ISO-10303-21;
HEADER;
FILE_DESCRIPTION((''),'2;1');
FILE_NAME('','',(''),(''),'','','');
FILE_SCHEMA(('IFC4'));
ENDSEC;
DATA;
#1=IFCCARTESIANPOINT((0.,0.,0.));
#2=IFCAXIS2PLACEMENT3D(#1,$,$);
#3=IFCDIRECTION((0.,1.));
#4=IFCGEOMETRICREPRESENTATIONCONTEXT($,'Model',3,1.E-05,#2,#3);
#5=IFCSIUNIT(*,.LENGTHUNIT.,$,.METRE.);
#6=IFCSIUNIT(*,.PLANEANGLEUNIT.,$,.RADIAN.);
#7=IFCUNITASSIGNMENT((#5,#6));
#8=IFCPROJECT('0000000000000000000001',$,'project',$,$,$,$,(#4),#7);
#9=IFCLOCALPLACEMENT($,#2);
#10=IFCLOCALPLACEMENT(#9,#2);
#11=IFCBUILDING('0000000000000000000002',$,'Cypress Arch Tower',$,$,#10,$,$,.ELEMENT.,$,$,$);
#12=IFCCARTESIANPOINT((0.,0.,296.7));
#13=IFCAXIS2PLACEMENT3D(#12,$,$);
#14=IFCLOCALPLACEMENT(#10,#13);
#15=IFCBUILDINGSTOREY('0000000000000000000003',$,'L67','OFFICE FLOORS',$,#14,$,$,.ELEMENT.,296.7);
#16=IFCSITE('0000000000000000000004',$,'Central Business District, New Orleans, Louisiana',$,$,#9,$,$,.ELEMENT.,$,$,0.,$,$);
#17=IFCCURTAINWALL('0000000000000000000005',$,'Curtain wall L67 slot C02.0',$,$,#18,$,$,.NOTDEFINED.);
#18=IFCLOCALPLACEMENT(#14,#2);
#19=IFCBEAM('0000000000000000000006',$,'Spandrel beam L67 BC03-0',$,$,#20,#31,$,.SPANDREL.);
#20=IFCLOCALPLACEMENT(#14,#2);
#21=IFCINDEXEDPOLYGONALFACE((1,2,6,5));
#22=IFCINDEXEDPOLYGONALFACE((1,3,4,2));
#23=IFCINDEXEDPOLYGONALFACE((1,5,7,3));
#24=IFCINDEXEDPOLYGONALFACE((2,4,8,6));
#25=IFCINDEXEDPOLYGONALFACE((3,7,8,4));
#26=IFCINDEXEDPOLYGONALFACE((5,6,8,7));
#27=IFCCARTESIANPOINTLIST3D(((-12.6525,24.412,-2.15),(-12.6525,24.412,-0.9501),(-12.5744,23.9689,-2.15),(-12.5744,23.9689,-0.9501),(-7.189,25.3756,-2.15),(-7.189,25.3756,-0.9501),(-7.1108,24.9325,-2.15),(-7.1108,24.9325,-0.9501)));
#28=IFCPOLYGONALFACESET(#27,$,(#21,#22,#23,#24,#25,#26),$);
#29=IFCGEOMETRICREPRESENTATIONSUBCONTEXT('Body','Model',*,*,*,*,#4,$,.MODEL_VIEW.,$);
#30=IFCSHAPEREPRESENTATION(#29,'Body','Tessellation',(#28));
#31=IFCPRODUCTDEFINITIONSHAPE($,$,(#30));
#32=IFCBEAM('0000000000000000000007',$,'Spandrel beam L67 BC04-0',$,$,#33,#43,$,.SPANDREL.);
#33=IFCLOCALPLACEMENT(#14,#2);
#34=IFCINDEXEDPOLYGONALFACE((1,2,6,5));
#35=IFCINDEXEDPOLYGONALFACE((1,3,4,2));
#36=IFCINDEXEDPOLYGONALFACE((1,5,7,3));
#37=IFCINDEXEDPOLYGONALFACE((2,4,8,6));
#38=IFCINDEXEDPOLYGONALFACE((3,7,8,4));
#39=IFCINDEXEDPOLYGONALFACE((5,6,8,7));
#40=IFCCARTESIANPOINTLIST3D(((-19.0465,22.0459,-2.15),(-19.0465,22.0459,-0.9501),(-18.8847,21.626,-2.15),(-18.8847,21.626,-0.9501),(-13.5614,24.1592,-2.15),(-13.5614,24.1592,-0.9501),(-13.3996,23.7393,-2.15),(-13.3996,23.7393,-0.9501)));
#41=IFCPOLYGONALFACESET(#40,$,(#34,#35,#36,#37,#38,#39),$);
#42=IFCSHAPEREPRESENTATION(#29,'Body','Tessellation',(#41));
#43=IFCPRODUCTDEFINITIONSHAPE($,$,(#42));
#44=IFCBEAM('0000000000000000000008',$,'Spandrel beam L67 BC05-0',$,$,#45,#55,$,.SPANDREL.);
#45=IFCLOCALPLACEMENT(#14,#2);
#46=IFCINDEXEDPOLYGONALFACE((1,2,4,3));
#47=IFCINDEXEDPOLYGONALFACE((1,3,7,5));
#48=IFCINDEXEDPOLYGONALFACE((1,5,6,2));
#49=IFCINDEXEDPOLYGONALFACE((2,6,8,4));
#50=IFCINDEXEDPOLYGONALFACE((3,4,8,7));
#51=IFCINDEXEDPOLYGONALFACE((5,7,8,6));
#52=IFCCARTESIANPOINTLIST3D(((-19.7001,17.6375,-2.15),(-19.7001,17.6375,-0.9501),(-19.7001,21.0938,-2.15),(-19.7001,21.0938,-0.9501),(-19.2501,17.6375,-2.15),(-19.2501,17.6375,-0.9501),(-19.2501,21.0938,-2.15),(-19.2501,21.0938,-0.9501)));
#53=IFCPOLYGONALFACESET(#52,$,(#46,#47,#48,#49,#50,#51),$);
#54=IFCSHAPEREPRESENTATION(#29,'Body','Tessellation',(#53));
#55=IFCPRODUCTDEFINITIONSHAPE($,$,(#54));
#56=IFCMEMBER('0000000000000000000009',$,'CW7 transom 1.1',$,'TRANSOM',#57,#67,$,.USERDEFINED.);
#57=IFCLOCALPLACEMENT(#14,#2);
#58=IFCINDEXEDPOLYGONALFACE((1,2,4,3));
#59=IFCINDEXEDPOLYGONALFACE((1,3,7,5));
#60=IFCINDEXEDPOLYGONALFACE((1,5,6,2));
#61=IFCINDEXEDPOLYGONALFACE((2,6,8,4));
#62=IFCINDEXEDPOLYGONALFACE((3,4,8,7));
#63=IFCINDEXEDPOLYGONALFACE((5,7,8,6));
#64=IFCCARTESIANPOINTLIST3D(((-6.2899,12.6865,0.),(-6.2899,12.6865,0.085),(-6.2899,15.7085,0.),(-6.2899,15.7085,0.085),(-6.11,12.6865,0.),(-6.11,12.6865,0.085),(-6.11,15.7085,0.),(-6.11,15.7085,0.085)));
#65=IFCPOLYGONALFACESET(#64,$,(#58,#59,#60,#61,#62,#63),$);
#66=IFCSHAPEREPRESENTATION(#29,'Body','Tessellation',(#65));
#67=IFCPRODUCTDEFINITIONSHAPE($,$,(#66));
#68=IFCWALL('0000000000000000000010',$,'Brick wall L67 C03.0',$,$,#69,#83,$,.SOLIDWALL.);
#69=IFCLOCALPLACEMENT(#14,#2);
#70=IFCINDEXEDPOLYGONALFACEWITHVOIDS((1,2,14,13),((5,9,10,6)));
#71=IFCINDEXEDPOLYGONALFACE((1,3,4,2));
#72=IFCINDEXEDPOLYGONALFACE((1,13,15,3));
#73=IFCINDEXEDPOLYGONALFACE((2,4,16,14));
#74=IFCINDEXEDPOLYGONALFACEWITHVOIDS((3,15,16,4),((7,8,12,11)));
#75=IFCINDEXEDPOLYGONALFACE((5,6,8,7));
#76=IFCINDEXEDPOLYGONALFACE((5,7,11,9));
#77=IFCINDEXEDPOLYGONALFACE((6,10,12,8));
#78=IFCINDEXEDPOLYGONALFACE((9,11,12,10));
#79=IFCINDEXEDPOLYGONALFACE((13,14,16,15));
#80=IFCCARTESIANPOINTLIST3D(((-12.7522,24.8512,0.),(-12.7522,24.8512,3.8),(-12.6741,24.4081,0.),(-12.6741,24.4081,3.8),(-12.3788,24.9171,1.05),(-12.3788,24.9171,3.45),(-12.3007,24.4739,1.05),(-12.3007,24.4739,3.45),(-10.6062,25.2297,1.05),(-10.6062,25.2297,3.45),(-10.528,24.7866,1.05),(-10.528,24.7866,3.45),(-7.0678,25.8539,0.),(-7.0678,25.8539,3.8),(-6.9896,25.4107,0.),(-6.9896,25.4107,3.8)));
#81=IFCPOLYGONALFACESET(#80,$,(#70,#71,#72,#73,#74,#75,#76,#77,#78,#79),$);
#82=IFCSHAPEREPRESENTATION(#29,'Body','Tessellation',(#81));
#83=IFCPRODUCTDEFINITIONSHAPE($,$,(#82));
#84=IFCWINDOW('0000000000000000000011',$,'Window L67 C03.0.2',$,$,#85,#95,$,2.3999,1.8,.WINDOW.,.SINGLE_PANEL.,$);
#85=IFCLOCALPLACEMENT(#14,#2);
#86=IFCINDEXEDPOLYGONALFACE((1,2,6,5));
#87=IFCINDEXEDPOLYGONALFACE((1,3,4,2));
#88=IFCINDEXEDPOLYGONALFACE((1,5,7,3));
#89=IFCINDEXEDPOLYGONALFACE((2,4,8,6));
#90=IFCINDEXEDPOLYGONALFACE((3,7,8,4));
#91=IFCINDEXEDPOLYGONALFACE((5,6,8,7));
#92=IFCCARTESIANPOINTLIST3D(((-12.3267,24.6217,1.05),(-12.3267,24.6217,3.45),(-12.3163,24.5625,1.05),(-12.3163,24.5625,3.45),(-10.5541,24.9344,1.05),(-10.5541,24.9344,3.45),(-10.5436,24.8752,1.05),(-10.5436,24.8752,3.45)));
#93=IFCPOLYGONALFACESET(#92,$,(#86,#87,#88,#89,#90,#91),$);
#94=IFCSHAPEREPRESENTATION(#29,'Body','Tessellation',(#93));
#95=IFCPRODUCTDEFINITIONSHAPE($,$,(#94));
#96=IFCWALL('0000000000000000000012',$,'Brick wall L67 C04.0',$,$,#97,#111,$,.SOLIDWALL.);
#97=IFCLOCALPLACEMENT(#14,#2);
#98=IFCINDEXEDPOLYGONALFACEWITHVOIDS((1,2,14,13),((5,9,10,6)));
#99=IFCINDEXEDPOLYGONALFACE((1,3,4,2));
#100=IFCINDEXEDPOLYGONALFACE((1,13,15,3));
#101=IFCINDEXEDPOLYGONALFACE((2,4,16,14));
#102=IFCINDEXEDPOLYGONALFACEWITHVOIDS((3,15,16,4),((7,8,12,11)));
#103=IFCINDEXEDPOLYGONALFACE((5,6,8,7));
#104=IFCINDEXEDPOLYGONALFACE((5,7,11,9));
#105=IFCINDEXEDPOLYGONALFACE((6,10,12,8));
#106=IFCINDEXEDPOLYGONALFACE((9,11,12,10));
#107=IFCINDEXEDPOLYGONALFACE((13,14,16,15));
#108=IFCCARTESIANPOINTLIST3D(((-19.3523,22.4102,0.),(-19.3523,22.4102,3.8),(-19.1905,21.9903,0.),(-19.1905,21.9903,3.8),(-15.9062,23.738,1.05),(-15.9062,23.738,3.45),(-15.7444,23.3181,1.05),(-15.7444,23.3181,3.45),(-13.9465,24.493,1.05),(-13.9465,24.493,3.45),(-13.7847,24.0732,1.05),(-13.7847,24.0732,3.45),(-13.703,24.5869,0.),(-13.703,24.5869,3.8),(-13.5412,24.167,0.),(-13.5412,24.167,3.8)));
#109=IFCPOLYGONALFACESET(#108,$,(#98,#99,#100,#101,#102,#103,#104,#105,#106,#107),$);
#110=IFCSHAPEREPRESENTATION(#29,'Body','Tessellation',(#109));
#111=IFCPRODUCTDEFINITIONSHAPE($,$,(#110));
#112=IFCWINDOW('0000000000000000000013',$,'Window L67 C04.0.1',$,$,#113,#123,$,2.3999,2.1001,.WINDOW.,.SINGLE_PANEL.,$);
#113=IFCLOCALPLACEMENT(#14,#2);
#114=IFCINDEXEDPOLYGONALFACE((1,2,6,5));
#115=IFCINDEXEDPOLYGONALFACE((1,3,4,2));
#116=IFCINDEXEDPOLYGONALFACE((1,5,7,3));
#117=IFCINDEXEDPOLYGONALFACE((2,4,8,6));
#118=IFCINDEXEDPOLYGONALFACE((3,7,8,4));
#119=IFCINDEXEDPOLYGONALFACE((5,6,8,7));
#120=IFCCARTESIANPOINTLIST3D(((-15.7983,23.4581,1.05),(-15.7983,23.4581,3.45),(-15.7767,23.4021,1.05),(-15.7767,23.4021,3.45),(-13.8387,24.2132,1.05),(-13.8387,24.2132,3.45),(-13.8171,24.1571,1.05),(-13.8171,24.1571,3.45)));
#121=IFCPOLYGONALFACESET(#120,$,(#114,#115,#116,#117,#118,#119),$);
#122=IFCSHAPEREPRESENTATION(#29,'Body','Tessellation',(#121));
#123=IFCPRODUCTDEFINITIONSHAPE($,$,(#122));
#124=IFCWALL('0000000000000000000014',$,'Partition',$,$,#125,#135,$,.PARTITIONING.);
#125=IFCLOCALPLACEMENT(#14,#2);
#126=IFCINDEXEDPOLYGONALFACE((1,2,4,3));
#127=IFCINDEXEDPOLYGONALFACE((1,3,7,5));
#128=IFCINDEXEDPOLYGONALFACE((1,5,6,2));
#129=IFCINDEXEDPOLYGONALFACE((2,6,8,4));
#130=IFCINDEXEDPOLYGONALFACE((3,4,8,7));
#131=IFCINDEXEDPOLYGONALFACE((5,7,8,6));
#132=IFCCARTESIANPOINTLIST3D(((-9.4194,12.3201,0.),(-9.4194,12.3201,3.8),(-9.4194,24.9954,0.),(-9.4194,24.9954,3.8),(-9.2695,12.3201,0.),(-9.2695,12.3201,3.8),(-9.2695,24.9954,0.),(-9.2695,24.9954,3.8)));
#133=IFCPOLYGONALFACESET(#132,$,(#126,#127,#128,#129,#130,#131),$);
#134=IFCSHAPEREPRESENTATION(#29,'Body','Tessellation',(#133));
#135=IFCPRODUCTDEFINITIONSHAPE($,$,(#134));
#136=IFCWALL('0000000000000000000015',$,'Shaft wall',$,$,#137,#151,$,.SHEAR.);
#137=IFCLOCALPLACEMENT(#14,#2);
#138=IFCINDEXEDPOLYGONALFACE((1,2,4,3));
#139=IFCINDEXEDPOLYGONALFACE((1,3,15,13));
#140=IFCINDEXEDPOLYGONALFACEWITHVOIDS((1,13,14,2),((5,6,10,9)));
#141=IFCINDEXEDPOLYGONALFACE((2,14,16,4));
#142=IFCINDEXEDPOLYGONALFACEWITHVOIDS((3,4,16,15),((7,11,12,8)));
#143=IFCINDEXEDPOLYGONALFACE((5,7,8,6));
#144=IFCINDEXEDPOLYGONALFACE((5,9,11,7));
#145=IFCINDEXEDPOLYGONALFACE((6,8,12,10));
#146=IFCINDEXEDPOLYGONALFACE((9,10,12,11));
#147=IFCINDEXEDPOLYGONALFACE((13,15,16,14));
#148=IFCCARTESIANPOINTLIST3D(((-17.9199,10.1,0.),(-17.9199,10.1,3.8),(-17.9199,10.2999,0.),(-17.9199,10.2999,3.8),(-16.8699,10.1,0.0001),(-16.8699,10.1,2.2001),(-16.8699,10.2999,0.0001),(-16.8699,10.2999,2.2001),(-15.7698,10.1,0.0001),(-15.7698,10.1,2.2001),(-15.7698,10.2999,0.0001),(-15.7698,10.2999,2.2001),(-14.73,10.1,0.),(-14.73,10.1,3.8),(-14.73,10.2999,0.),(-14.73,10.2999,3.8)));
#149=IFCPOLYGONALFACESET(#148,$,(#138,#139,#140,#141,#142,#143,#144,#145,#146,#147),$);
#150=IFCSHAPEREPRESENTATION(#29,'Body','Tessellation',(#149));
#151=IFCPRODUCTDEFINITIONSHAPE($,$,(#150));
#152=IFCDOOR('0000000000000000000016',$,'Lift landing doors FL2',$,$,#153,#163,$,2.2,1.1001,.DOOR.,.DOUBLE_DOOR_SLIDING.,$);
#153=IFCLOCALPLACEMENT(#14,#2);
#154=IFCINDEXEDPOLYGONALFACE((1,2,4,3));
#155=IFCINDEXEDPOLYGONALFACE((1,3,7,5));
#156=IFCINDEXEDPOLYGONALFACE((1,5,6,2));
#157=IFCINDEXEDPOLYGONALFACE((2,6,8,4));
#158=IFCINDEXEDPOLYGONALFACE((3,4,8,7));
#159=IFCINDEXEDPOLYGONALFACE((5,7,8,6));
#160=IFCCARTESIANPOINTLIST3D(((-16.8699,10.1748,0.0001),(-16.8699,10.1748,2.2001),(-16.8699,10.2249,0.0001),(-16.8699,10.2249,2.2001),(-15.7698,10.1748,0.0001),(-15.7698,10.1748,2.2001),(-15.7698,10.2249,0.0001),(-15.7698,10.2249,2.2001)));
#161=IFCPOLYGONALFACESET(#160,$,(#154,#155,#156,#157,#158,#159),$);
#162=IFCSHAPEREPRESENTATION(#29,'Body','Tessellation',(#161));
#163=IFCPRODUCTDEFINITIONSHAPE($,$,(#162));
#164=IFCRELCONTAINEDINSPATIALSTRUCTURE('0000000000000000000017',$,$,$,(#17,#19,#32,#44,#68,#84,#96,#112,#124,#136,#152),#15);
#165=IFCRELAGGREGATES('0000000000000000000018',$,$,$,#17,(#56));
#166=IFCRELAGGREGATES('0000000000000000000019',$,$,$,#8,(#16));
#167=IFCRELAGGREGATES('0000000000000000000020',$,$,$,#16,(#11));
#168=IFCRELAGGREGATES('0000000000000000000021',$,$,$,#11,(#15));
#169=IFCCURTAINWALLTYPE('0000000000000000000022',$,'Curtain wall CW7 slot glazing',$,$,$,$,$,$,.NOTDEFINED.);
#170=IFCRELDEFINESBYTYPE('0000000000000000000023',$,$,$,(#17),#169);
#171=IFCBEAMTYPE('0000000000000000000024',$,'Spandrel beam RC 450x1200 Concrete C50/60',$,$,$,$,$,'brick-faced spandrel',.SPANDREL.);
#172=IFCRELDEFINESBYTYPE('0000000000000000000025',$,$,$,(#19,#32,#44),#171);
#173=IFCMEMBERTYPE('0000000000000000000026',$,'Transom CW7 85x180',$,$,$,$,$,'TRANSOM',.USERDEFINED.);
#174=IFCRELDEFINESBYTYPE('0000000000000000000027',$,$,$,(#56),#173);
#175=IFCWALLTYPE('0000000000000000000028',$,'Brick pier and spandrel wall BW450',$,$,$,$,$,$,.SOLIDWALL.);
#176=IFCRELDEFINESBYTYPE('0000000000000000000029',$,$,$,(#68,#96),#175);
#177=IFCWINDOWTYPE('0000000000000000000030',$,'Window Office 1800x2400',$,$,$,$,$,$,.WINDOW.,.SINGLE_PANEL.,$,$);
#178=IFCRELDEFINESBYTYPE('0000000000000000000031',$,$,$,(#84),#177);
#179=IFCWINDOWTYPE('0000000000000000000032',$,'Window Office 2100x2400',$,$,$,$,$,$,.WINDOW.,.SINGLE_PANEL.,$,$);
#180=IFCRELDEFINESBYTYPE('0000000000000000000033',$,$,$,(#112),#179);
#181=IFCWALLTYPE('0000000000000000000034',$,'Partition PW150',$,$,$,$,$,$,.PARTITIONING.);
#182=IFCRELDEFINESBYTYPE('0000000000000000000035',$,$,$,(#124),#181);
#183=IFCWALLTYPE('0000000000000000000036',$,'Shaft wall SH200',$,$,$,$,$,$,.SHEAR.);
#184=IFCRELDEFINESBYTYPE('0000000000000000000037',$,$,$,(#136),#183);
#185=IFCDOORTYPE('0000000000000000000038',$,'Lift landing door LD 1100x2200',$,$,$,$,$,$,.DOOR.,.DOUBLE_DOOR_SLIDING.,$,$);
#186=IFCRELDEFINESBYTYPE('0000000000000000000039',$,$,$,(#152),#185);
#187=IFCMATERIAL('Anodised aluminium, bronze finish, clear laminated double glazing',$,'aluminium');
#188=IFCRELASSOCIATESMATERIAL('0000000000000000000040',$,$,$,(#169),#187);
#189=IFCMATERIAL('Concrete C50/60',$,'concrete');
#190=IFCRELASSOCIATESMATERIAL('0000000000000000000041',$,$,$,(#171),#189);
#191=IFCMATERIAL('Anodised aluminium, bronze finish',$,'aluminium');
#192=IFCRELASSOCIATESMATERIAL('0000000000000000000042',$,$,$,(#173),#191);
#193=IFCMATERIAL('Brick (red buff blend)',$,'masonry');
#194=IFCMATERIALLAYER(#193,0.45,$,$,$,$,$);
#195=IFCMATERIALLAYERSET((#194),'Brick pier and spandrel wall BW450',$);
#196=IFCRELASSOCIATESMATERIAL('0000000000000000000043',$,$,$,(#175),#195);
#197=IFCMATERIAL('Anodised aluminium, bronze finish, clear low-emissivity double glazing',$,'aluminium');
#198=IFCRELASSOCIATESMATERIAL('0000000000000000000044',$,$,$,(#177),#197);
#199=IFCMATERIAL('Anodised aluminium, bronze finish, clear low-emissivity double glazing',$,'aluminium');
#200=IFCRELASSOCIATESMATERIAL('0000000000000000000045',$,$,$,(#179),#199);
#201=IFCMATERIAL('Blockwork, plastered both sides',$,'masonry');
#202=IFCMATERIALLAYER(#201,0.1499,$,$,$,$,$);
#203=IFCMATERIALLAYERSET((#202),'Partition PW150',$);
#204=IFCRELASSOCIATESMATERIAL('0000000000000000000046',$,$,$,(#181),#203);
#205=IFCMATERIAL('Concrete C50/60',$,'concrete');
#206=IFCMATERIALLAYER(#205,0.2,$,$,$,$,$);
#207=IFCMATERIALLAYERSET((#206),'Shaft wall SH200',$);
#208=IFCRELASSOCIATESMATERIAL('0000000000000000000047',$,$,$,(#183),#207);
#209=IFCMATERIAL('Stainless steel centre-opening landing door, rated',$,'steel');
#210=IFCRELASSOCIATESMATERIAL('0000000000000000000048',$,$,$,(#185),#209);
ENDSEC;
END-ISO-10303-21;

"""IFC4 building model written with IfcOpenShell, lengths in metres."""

from ifc_helpers import new_model, si_unit, direction, frame, frame_2d, origin, origin_2d, place, context, subcontext, project, spatial, rectangle, extrude, material, layer, layer_set, material_profile, profile_set, type_object, element, fill, aggregate, save


model = new_model("IFC4")

# Units and contexts
model_context = context("Model", 3, precision=1e-05, world=origin(), true_north=direction((0.0, 1.0)))
body_context = subcontext(model_context, "Body", "Model", "MODEL_VIEW")
ifc_project = project(units=[si_unit("LENGTHUNIT", "METRE"), si_unit("PLANEANGLEUNIT", "RADIAN")], contexts=[model_context])

# Site, building, storey
site_placement = place(None, origin())
site = spatial("IfcSite", under=ifc_project, at=site_placement, Name="Central Business District, New Orleans, Louisiana", CompositionType="ELEMENT", RefElevation=0.0)
building_placement = place(site_placement, origin())
building = spatial("IfcBuilding", under=site, at=building_placement, Name="Cypress Arch Tower", CompositionType="ELEMENT")
storey_placement = place(building_placement, frame((0.0, 0.0, 296.7)))
storey = spatial("IfcBuildingStorey", under=building, at=storey_placement, Name="L67", Description="OFFICE FLOORS", CompositionType="ELEMENT", Elevation=296.7)

# Curtain wall
ifc_material_1 = material(Name="Anodised aluminium, bronze finish, clear laminated double glazing", Category="aluminium")
curtain_wall_type = type_object("IfcCurtainWallType", Name="Curtain wall CW7 slot glazing", PredefinedType="NOTDEFINED", material=ifc_material_1)
curtain_wall_placement = place(storey_placement, origin())
curtain_wall = element("IfcCurtainWall", 1, at=curtain_wall_placement, inside=storey, type_object=curtain_wall_type, Name="Curtain wall L67 slot C02.0", PredefinedType="NOTDEFINED")

# Beams
ifc_material_2 = material(Name="Concrete C50/60", Category="concrete")
ifc_material_profile_1 = material_profile(ifc_material_2, rectangle(XDim=0.45, YDim=1.2, at=origin_2d()), Name="RC 450x1200")
ifc_profile_set_1 = profile_set([ifc_material_profile_1], Name="Concrete C50/60")
beam_type_1 = type_object("IfcBeamType", Name="Spandrel beam RC 450x1200 Concrete C50/60", ElementType="brick-faced spandrel", PredefinedType="SPANDREL", material=ifc_profile_set_1)
beam_1_placement = place(storey_placement, frame((-7.1499, 25.1541, -1.55), z_axis=(-0.9848, -0.17369, 0.0), x_axis=(0.17369, -0.9848, 0.0)))
element("IfcBeam", 2, at=beam_1_placement, inside=storey, type_object=beam_type_1, Name="Spandrel beam L67 BC03-0", PredefinedType="SPANDREL", context=body_context, shape_type="SweptSolid", body=[
    extrude(rectangle(XDim=0.45, YDim=1.2, at=origin_2d()), origin(), (0.0, 0.0, 1.0), 5.5479),
])
beam_2_placement = place(storey_placement, frame((-13.4805, 23.9492, -1.55), z_axis=(-0.933139, -0.359516, 0.0), x_axis=(0.359516, -0.933139, 0.0)))
element("IfcBeam", 3, at=beam_2_placement, inside=storey, type_object=beam_type_1, Name="Spandrel beam L67 BC04-0", PredefinedType="SPANDREL", context=body_context, shape_type="SweptSolid", body=[
    extrude(rectangle(XDim=0.45, YDim=1.2, at=origin_2d()), origin(), (0.0, 0.0, 1.0), 5.8782),
])
beam_3_placement = place(storey_placement, frame((-19.4751, 21.0938, -1.55), z_axis=(0.0, -1.0, 0.0), x_axis=(1.0, 0.0, 0.0)))
element("IfcBeam", 4, at=beam_3_placement, inside=storey, type_object=beam_type_1, Name="Spandrel beam L67 BC05-0", PredefinedType="SPANDREL", context=body_context, shape_type="SweptSolid", body=[
    extrude(rectangle(XDim=0.45, YDim=1.2, at=origin_2d()), origin(), (0.0, 0.0, 1.0), 3.4563),
])

# Member
ifc_material_3 = material(Name="Anodised aluminium, bronze finish", Category="aluminium")
ifc_material_profile_2 = material_profile(ifc_material_3, rectangle(XDim=0.1799, YDim=0.085, at=origin_2d()), Name="Transom 85x180")
ifc_profile_set_2 = profile_set([ifc_material_profile_2], Name="Anodised aluminium, bronze finish")
member_type_1 = type_object("IfcMemberType", Name="Transom CW7 85x180", ElementType="TRANSOM", PredefinedType="USERDEFINED", material=ifc_profile_set_2)
member_1_placement = place(storey_placement, frame((-6.2, 12.6865, 0.0425), z_axis=(0.0, 1.0, 0.0), x_axis=(-1.0, 0.0, 0.0)))
member_1 = element("IfcMember", 5, at=member_1_placement, type_object=member_type_1, Name="CW7 transom 1.1", ObjectType="TRANSOM", PredefinedType="USERDEFINED", context=body_context, shape_type="SweptSolid", body=[
    extrude(rectangle(XDim=0.1799, YDim=0.085, at=origin_2d()), origin(), (0.0, 0.0, 1.0), 3.022),
])
aggregate(curtain_wall, [member_1])

# Walls, openings, windows
ifc_material_4 = material(Name="Brick (red buff blend)", Category="masonry")
ifc_layer_1 = layer(ifc_material_4, 0.45)
ifc_layer_set_1 = layer_set([ifc_layer_1], Name="Brick pier and spandrel wall BW450")
wall_type_1 = type_object("IfcWallType", Name="Brick pier and spandrel wall BW450", PredefinedType="SOLIDWALL", material=ifc_layer_set_1)
wall_1_placement = place(storey_placement, frame((-7.0286, 25.6323, 0.0), z_axis=(0.0, 0.0, 1.0), x_axis=(-0.984798, -0.173706, 0.0)))
wall_1 = element("IfcWall", 6, at=wall_1_placement, inside=storey, type_object=wall_type_1, Name="Brick wall L67 C03.0", PredefinedType="SOLIDWALL", context=body_context, shape_type="SweptSolid", body=[
    extrude(rectangle(XDim=5.7722, YDim=0.45, at=frame_2d((2.8862, 0.0))), origin(), (0.0, 0.0, 1.0), 3.8),
])
opening_1_placement = place(wall_1_placement, frame((3.5933, 0.0, 1.05)))
opening_1 = element("IfcOpeningElement", 7, at=opening_1_placement, cuts=wall_1, PredefinedType="OPENING", context=body_context, shape_type="SweptSolid", body=[
    extrude(rectangle(XDim=1.8, YDim=2.3999, at=frame_2d((0.8999, 1.2))), frame((0.0, 0.2349, 0.0), z_axis=(0.0, -1.0, 0.0), x_axis=(1.0, 0.0, 0.0)), (0.0, 0.0, 1.0), 0.47),
])
ifc_material_5 = material(Name="Anodised aluminium, bronze finish, clear low-emissivity double glazing", Category="aluminium")
window_type_1 = type_object("IfcWindowType", Name="Window Office 1800x2400", PartitioningType="SINGLE_PANEL", PredefinedType="WINDOW", material=ifc_material_5)
window_1_placement = place(opening_1_placement, origin())
window_1 = element("IfcWindow", 8, at=window_1_placement, inside=storey, type_object=window_type_1, Name="Window L67 C03.0.2", OverallHeight=2.3999, OverallWidth=1.8, PartitioningType="SINGLE_PANEL", PredefinedType="WINDOW", context=body_context, shape_type="SweptSolid", body=[
    extrude(rectangle(XDim=1.8, YDim=2.3999, at=frame_2d((0.8999, 1.2))), frame((0.0, 0.135, 0.0), z_axis=(0.0, -1.0, 0.0), x_axis=(1.0, 0.0, 0.0)), (0.0, 0.0, 1.0), 0.0601),
])
fill(opening_1, window_1)
wall_2_placement = place(storey_placement, frame((-13.6221, 24.377, 0.0), z_axis=(0.0, 0.0, 1.0), x_axis=(-0.933129, -0.359541, 0.0)))
wall_2 = element("IfcWall", 9, at=wall_2_placement, inside=storey, type_object=wall_type_1, Name="Brick wall L67 C04.0", PredefinedType="SOLIDWALL", context=body_context, shape_type="SweptSolid", body=[
    extrude(rectangle(XDim=6.0542, YDim=0.45, at=frame_2d((3.0271, 0.0))), origin(), (0.0, 0.0, 1.0), 3.8),
])
opening_2_placement = place(wall_2_placement, frame((0.261, 0.0, 1.05)))
opening_2 = element("IfcOpeningElement", 10, at=opening_2_placement, cuts=wall_2, PredefinedType="OPENING", context=body_context, shape_type="SweptSolid", body=[
    extrude(rectangle(XDim=2.1001, YDim=2.3999, at=frame_2d((1.05, 1.2))), frame((0.0, 0.2349, 0.0), z_axis=(0.0, -1.0, 0.0), x_axis=(1.0, 0.0, 0.0)), (0.0, 0.0, 1.0), 0.47),
])
ifc_material_6 = material(Name="Anodised aluminium, bronze finish, clear low-emissivity double glazing", Category="aluminium")
window_type_2 = type_object("IfcWindowType", Name="Window Office 2100x2400", PartitioningType="SINGLE_PANEL", PredefinedType="WINDOW", material=ifc_material_6)
window_2_placement = place(opening_2_placement, origin())
window_2 = element("IfcWindow", 11, at=window_2_placement, inside=storey, type_object=window_type_2, Name="Window L67 C04.0.1", OverallHeight=2.3999, OverallWidth=2.1001, PartitioningType="SINGLE_PANEL", PredefinedType="WINDOW", context=body_context, shape_type="SweptSolid", body=[
    extrude(rectangle(XDim=2.1001, YDim=2.3999, at=frame_2d((1.05, 1.2))), frame((0.0, 0.135, 0.0), z_axis=(0.0, -1.0, 0.0), x_axis=(1.0, 0.0, 0.0)), (0.0, 0.0, 1.0), 0.0601),
])
fill(opening_2, window_2)

# Wall
ifc_material_7 = material(Name="Blockwork, plastered both sides", Category="masonry")
ifc_layer_2 = layer(ifc_material_7, 0.1499)
ifc_layer_set_2 = layer_set([ifc_layer_2], Name="Partition PW150")
wall_type_2 = type_object("IfcWallType", Name="Partition PW150", PredefinedType="PARTITIONING", material=ifc_layer_set_2)
wall_3_placement = place(storey_placement, frame((-9.3445, 12.3201, 0.0), z_axis=(0.0, 0.0, 1.0), x_axis=(0.0, 1.0, 0.0)))
element("IfcWall", 12, at=wall_3_placement, inside=storey, type_object=wall_type_2, Name="Partition", PredefinedType="PARTITIONING", context=body_context, shape_type="SweptSolid", body=[
    extrude(rectangle(XDim=12.6753, YDim=0.1499, at=frame_2d((6.3376, 0.0))), origin(), (0.0, 0.0, 1.0), 3.8),
])

# Wall, opening, door
ifc_material_8 = material(Name="Concrete C50/60", Category="concrete")
ifc_layer_3 = layer(ifc_material_8, 0.2)
ifc_layer_set_3 = layer_set([ifc_layer_3], Name="Shaft wall SH200")
wall_type_3 = type_object("IfcWallType", Name="Shaft wall SH200", PredefinedType="SHEAR", material=ifc_layer_set_3)
wall_4_placement = place(storey_placement, frame((-17.9199, 10.2, 0.0), z_axis=(0.0, 0.0, 1.0), x_axis=(1.0, 0.0, 0.0)))
wall_4 = element("IfcWall", 13, at=wall_4_placement, inside=storey, type_object=wall_type_3, Name="Shaft wall", PredefinedType="SHEAR", context=body_context, shape_type="SweptSolid", body=[
    extrude(rectangle(XDim=3.1899, YDim=0.2, at=frame_2d((1.595, 0.0))), origin(), (0.0, 0.0, 1.0), 3.8),
])
opening_3_placement = place(wall_4_placement, frame((1.05, 0.0, 0.0)))
opening_3 = element("IfcOpeningElement", 14, at=opening_3_placement, cuts=wall_4, PredefinedType="OPENING", context=body_context, shape_type="SweptSolid", body=[
    extrude(rectangle(XDim=1.1001, YDim=2.2, at=frame_2d((0.55, 1.1001))), frame((0.0, 0.1099, 0.0), z_axis=(0.0, -1.0, 0.0), x_axis=(1.0, 0.0, 0.0)), (0.0, 0.0, 1.0), 0.22),
])
ifc_material_9 = material(Name="Stainless steel centre-opening landing door, rated", Category="steel")
door_type_1 = type_object("IfcDoorType", Name="Lift landing door LD 1100x2200", OperationType="DOUBLE_DOOR_SLIDING", PredefinedType="DOOR", material=ifc_material_9)
door_1_placement = place(opening_3_placement, origin())
door_1 = element("IfcDoor", 15, at=door_1_placement, inside=storey, type_object=door_type_1, Name="Lift landing doors FL2", OperationType="DOUBLE_DOOR_SLIDING", OverallHeight=2.2, OverallWidth=1.1001, PredefinedType="DOOR", context=body_context, shape_type="SweptSolid", body=[
    extrude(rectangle(XDim=1.1001, YDim=2.2, at=frame_2d((0.55, 1.1001))), frame((0.0, 0.0249, 0.0), z_axis=(0.0, -1.0, 0.0), x_axis=(1.0, 0.0, 0.0)), (0.0, 0.0, 1.0), 0.05),
])
fill(opening_3, door_1)

save(model, "model.ifc")
